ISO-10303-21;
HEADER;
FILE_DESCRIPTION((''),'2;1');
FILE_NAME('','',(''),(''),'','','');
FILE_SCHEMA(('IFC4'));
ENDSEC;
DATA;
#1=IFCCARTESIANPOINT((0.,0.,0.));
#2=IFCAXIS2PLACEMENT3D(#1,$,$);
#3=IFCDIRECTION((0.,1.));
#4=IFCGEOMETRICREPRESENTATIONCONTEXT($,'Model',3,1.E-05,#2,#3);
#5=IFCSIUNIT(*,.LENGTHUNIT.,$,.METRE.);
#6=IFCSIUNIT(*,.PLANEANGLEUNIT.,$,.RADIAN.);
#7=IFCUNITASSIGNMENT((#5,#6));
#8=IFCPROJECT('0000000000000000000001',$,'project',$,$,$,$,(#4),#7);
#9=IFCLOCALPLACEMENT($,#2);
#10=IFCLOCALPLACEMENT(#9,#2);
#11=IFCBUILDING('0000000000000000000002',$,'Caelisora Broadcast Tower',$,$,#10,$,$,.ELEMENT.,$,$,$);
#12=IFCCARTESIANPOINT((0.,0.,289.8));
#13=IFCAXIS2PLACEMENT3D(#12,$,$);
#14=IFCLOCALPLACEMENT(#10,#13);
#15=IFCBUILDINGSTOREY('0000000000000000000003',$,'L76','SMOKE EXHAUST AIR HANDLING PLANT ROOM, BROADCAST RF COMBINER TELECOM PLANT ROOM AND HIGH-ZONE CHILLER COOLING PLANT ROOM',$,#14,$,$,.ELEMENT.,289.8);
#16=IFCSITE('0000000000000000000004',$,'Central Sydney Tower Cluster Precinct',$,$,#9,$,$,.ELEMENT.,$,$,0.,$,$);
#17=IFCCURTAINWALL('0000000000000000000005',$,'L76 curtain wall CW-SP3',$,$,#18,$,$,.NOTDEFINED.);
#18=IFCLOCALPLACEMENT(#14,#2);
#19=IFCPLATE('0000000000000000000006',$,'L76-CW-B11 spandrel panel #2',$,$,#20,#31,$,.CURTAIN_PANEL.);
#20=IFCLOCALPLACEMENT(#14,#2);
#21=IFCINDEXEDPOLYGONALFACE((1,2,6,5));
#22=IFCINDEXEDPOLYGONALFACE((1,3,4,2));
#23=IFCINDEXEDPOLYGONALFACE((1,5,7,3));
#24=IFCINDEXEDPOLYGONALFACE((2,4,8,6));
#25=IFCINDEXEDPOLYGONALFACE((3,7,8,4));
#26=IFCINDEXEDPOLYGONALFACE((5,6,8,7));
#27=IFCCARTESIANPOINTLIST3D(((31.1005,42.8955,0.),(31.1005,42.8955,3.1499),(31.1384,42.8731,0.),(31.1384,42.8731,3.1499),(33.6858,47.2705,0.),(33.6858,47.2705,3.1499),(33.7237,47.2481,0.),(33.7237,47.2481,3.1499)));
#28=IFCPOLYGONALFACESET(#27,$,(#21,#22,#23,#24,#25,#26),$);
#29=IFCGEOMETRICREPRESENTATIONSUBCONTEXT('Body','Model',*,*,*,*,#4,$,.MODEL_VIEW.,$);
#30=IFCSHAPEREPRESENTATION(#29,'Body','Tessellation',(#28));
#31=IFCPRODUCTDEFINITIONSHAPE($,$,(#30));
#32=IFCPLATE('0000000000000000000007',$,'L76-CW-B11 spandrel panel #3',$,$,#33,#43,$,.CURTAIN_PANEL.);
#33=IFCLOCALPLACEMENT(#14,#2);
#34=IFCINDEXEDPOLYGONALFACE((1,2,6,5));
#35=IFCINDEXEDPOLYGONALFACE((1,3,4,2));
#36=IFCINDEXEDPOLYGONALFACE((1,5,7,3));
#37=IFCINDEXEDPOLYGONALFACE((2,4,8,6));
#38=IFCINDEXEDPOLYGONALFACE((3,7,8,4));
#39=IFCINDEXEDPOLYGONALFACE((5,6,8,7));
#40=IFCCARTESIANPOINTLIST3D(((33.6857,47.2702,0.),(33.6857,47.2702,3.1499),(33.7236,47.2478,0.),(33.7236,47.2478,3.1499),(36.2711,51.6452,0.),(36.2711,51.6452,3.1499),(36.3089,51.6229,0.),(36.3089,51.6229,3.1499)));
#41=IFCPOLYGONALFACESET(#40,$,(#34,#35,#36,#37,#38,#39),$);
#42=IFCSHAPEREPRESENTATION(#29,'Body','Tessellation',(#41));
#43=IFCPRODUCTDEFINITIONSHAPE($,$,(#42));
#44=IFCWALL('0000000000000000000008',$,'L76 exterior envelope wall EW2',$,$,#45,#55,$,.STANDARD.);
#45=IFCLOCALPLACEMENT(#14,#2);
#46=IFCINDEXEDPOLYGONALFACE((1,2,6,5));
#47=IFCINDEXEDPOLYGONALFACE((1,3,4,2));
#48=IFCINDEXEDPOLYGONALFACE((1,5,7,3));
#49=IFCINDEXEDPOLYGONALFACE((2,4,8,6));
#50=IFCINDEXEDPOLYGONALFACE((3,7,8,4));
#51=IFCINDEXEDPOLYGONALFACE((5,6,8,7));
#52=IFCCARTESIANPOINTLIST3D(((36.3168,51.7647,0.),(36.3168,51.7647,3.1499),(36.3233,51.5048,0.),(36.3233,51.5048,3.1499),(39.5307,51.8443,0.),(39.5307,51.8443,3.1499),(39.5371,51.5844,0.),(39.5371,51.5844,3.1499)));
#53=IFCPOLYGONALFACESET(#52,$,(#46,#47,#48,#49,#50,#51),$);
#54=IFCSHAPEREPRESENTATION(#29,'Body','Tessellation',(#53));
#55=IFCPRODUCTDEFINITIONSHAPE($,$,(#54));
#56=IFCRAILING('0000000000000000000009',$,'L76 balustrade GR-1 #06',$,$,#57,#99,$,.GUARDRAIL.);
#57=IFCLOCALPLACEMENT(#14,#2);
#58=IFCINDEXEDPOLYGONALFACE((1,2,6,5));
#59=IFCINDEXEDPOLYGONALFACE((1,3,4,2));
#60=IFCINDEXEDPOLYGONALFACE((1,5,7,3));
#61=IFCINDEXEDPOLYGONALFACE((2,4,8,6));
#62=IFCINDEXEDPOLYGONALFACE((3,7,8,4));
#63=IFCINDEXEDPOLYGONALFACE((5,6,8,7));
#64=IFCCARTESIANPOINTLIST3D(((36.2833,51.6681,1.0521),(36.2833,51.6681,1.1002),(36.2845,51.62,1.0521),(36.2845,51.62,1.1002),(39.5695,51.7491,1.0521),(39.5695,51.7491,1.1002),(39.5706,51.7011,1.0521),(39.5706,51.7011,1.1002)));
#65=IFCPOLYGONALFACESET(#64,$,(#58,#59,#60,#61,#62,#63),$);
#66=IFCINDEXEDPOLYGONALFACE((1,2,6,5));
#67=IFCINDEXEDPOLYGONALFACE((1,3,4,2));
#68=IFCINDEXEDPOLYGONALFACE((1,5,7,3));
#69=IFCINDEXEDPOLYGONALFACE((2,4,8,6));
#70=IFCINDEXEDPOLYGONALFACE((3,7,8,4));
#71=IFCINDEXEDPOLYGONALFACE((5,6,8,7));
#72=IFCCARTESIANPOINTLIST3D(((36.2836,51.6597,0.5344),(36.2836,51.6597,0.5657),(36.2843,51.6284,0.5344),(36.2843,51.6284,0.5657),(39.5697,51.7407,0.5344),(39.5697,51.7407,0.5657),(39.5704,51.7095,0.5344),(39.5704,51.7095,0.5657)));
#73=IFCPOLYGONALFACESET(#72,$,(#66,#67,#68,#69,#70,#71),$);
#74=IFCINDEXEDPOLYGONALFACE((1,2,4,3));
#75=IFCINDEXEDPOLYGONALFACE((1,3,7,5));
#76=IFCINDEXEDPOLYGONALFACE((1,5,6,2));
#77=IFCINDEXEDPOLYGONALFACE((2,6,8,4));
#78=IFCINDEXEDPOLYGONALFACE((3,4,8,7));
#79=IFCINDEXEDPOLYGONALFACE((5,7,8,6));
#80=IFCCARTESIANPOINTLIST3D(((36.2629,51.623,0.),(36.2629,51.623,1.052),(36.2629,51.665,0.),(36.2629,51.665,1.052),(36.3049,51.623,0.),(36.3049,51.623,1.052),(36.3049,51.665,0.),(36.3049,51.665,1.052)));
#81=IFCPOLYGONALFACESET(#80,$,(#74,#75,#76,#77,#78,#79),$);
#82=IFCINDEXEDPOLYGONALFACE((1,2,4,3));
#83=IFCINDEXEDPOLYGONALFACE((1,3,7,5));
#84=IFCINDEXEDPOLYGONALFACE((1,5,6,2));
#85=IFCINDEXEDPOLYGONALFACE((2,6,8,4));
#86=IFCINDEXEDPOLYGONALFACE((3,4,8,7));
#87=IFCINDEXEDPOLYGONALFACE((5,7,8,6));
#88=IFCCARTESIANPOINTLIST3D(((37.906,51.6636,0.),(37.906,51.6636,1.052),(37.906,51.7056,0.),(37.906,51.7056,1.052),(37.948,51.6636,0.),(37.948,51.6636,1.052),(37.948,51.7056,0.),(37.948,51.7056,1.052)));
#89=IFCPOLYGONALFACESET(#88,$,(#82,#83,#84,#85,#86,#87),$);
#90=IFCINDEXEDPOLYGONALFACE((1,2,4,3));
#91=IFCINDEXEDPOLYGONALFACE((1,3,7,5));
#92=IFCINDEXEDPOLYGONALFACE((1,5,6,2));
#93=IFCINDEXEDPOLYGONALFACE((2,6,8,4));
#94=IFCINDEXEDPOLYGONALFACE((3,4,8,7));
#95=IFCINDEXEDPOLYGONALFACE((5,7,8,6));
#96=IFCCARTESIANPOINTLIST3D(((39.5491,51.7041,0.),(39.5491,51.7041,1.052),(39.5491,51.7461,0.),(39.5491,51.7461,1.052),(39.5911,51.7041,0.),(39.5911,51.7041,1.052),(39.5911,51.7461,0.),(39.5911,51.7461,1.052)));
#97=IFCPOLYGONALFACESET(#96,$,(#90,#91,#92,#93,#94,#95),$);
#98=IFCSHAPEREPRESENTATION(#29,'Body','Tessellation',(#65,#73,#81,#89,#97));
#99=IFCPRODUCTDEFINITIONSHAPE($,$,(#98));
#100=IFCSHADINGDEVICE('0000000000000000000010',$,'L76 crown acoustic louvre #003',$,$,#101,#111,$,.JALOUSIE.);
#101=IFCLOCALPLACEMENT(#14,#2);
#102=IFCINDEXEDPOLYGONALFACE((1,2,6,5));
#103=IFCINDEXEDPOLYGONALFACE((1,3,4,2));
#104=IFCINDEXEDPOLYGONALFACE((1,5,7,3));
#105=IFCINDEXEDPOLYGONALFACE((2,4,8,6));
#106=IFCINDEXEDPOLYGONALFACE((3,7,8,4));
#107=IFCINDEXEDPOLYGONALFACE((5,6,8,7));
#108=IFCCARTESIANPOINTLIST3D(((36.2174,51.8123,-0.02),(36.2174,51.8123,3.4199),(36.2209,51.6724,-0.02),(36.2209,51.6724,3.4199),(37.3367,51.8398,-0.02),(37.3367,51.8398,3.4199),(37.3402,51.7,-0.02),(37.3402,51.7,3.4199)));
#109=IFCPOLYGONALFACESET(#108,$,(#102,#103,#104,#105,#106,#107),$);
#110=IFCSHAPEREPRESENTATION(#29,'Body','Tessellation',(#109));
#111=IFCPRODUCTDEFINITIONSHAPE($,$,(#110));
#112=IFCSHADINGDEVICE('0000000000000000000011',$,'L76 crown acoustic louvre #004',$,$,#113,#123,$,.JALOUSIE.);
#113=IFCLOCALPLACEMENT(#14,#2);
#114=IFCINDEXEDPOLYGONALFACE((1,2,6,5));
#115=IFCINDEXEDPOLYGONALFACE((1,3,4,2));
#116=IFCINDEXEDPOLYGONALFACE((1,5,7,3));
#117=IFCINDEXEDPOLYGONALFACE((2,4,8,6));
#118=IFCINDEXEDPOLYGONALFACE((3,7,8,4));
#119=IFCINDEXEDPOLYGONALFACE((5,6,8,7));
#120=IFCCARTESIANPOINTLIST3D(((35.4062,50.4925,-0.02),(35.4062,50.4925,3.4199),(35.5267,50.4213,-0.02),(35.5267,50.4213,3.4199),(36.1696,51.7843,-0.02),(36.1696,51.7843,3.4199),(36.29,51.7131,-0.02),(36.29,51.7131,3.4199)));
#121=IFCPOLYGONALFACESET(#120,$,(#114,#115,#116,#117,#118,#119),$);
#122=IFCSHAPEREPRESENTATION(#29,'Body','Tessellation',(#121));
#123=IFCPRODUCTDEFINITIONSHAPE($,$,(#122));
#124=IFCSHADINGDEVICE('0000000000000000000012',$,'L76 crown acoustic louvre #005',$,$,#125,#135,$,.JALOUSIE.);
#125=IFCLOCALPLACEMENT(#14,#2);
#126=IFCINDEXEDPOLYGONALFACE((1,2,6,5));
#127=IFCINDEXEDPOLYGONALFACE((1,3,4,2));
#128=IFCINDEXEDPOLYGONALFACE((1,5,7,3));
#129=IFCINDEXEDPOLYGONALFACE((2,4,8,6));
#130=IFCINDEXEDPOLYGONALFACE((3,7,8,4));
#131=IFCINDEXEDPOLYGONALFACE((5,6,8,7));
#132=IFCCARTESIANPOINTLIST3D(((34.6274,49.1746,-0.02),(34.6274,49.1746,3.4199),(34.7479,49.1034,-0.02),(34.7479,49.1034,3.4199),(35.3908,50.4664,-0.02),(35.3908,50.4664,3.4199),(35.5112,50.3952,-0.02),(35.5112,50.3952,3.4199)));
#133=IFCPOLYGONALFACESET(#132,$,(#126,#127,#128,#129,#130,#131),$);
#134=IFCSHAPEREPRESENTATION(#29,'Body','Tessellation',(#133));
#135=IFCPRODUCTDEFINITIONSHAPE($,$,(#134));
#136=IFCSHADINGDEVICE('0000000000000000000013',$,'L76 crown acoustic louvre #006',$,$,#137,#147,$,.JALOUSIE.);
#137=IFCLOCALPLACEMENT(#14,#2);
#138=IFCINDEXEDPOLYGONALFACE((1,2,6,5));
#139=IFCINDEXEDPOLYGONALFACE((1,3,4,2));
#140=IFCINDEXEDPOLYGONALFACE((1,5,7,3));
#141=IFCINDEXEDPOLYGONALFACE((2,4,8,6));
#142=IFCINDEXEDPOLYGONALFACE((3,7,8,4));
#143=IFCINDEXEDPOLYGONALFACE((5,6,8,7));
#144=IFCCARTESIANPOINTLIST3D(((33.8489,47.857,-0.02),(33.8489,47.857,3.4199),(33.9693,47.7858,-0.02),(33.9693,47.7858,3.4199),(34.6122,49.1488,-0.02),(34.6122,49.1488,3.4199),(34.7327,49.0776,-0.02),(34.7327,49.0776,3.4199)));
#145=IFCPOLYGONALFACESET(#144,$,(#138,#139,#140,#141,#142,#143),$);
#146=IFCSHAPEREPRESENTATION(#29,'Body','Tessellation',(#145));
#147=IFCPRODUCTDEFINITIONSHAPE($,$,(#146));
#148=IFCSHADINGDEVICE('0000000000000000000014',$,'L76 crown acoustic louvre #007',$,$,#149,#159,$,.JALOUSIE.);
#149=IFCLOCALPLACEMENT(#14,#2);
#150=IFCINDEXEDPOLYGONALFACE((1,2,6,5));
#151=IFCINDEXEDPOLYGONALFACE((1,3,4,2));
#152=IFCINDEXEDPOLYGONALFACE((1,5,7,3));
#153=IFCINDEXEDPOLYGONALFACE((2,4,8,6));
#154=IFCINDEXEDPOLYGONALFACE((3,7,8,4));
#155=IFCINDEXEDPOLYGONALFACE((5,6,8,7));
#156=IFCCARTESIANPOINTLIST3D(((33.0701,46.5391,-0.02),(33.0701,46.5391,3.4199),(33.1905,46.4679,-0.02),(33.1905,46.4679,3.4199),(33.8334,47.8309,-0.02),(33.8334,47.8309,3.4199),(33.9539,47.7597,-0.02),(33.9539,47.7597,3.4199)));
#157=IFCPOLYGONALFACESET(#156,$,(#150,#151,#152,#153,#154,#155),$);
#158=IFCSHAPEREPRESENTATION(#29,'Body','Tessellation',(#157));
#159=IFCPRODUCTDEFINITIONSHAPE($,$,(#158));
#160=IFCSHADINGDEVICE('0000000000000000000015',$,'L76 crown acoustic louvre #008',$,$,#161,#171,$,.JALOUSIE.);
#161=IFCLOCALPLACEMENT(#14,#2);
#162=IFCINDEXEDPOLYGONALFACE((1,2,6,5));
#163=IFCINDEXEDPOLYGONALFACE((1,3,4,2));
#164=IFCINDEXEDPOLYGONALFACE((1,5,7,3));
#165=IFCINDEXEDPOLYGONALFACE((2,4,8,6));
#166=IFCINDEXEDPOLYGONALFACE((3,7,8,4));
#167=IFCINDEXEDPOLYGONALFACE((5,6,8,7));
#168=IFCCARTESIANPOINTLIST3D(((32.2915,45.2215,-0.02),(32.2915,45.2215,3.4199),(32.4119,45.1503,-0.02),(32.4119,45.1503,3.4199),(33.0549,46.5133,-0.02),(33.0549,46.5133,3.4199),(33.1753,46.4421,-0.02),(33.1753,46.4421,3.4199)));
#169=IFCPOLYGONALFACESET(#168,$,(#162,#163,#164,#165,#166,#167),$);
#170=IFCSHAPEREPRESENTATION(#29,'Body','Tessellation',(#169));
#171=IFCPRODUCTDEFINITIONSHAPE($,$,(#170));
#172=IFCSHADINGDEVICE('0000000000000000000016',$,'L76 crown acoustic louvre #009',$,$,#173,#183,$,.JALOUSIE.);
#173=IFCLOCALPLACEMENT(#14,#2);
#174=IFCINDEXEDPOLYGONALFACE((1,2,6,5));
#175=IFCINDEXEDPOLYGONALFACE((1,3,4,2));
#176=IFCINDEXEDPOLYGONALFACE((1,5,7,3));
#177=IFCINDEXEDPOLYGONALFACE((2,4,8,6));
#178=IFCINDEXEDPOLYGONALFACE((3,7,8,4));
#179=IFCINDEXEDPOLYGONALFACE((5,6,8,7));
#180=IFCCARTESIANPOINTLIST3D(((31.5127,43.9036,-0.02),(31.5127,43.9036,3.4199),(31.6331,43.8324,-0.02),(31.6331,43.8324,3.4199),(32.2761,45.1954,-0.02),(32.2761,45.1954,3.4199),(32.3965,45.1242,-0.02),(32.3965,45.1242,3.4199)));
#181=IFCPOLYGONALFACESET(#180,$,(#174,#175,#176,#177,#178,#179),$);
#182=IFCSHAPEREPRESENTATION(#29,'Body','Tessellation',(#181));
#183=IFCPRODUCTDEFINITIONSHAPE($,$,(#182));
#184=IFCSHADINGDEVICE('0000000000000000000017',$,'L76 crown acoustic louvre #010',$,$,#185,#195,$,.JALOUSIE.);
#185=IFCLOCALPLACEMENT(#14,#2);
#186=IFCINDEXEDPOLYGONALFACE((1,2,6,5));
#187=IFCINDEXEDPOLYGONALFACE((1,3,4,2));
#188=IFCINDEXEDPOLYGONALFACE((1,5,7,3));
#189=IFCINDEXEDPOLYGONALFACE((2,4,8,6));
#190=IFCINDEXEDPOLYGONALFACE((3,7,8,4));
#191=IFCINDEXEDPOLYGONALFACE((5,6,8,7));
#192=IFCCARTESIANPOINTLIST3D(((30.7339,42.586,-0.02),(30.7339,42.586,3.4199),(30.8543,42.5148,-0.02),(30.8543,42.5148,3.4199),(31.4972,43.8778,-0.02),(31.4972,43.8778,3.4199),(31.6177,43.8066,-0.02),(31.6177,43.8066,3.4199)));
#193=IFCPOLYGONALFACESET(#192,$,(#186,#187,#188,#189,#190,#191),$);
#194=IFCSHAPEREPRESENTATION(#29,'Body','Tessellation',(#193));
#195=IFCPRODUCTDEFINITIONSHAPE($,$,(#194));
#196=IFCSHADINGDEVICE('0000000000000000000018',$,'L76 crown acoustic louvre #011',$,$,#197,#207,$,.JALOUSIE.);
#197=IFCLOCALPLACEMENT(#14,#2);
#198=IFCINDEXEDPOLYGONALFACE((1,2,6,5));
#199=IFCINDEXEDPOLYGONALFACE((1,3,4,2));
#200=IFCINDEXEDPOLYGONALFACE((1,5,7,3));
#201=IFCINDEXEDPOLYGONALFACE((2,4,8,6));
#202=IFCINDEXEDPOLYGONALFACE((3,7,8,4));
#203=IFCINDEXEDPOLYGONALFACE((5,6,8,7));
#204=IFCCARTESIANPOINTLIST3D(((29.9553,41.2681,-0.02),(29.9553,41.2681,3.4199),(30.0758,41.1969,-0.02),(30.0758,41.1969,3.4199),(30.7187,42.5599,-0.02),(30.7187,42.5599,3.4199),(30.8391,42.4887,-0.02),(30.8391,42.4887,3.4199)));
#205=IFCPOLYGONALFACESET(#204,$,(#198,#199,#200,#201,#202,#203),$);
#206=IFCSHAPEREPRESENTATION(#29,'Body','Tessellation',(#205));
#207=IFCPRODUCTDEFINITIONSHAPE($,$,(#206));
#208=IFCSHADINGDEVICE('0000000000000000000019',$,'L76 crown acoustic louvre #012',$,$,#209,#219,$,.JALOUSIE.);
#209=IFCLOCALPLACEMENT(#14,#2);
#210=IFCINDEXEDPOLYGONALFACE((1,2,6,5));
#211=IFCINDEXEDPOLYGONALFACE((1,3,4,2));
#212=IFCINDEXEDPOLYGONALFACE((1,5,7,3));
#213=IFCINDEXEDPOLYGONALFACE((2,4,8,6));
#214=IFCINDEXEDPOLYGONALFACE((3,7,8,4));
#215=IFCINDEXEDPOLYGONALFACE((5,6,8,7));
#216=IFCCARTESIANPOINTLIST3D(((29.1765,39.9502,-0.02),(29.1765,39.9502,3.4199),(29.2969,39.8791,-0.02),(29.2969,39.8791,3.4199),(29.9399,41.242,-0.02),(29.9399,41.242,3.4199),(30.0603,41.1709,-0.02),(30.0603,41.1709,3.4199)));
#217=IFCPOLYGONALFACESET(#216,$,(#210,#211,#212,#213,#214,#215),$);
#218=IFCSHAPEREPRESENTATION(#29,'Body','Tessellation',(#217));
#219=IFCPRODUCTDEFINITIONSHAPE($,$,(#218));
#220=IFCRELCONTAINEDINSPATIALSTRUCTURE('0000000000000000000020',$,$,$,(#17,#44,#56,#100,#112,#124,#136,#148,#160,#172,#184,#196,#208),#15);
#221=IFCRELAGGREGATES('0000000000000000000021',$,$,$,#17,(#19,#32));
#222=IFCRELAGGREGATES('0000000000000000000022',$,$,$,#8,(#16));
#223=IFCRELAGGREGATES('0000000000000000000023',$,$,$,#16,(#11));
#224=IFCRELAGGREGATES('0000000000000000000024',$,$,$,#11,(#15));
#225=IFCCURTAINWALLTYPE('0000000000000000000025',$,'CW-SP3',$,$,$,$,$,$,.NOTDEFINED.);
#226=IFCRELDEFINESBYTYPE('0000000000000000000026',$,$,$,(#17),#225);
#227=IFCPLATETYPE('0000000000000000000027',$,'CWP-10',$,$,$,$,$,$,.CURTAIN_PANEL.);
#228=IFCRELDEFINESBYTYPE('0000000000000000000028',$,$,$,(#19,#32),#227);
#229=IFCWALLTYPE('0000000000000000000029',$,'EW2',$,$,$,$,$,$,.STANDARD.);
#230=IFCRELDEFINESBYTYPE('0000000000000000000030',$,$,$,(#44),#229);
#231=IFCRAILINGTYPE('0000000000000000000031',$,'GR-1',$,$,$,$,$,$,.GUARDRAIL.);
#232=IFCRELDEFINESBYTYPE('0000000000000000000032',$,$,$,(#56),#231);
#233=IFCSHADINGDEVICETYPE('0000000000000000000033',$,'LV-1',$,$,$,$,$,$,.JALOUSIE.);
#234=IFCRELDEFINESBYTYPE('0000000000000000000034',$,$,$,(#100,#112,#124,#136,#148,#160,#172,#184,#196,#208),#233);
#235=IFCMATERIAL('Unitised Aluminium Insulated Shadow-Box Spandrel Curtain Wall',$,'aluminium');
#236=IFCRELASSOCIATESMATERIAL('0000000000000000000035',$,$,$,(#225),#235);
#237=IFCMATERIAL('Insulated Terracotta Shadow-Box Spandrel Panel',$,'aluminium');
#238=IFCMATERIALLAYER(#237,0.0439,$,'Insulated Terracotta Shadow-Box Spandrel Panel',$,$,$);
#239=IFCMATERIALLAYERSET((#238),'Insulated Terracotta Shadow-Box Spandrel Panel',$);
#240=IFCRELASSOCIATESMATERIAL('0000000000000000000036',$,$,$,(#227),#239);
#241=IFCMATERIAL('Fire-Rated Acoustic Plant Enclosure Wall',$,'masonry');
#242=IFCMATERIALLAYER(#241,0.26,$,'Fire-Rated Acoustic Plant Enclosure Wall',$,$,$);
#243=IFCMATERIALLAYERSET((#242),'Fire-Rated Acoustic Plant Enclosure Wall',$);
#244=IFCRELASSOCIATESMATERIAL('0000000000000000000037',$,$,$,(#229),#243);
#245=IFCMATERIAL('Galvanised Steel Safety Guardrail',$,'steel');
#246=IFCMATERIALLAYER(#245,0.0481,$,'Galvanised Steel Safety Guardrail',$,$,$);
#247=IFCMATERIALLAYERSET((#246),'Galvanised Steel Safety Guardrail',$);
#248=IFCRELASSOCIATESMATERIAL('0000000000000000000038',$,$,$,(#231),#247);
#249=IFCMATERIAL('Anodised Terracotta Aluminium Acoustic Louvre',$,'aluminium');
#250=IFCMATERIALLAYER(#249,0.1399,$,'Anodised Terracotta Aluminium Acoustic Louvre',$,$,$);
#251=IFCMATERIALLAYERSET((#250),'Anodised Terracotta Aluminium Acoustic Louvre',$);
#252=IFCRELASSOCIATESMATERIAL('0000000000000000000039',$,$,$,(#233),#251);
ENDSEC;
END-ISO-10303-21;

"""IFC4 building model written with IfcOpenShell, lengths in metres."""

from ifc_helpers import new_model, si_unit, direction, frame, frame_2d, origin, origin_2d, place, context, subcontext, project, spatial, rectangle, extrude, source, transform, mapped, material, layer, layer_set, type_object, type_shapes, element, aggregate, save


model = new_model("IFC4")

# Units and contexts
model_context = context("Model", 3, precision=1e-05, world=origin(), true_north=direction((0.0, 1.0)))
body_context = subcontext(model_context, "Body", "Model", "MODEL_VIEW")
ifc_project = project(units=[si_unit("LENGTHUNIT", "METRE"), si_unit("PLANEANGLEUNIT", "RADIAN")], contexts=[model_context])

# Site, building, storey
site_placement = place(None, origin())
site = spatial("IfcSite", under=ifc_project, at=site_placement, Name="Central Sydney Tower Cluster Precinct", CompositionType="ELEMENT", RefElevation=0.0)
building_placement = place(site_placement, origin())
building = spatial("IfcBuilding", under=site, at=building_placement, Name="Caelisora Broadcast Tower", CompositionType="ELEMENT")
storey_placement = place(building_placement, frame((0.0, 0.0, 289.8)))
storey = spatial("IfcBuildingStorey", under=building, at=storey_placement, Name="L76", Description="SMOKE EXHAUST AIR HANDLING PLANT ROOM, BROADCAST RF COMBINER TELECOM PLANT ROOM AND HIGH-ZONE CHILLER COOLING PLANT ROOM", CompositionType="ELEMENT", Elevation=289.8)

# Curtain wall, plates
ifc_material_1 = material(Name="Unitised Aluminium Insulated Shadow-Box Spandrel Curtain Wall", Category="aluminium")
curtain_wall_type = type_object("IfcCurtainWallType", Name="CW-SP3", PredefinedType="NOTDEFINED", material=ifc_material_1)
curtain_wall_placement = place(storey_placement, origin())
curtain_wall = element("IfcCurtainWall", 1, at=curtain_wall_placement, inside=storey, type_object=curtain_wall_type, Name="L76 curtain wall CW-SP3", PredefinedType="NOTDEFINED")
ifc_material_2 = material(Name="Insulated Terracotta Shadow-Box Spandrel Panel", Category="aluminium")
ifc_layer_1 = layer(ifc_material_2, 0.0439, Name="Insulated Terracotta Shadow-Box Spandrel Panel")
ifc_layer_set_1 = layer_set([ifc_layer_1], Name="Insulated Terracotta Shadow-Box Spandrel Panel")
plate_type = type_object("IfcPlateType", Name="CWP-10", PredefinedType="CURTAIN_PANEL", material=ifc_layer_set_1)
shared_shape_1 = source(origin(), body_context, "Body", "SweptSolid", [
    extrude(rectangle(XDim=5.0818, YDim=0.0439, at=origin_2d()), origin(), (0.0, 0.0, 1.0), 3.1499),
])
type_shapes(plate_type, [shared_shape_1])
plate_1_placement = place(storey_placement, frame((32.4121, 45.0718, 0.0), z_axis=(0.0, 0.0, 1.0), x_axis=(0.508741, 0.86092, 0.0)))
plate_1 = element("IfcPlate", 2, at=plate_1_placement, type_object=plate_type, Name="L76-CW-B11 spandrel panel #2", PredefinedType="CURTAIN_PANEL", context=body_context, shape_type="MappedRepresentation", body=[
    mapped(shared_shape_1, transform((0.0, 0.0, 0.0), scale=1.0)),
])
plate_2_placement = place(storey_placement, frame((34.9973, 49.4465, 0.0), z_axis=(0.0, 0.0, 1.0), x_axis=(0.508741, 0.86092, 0.0)))
plate_2 = element("IfcPlate", 3, at=plate_2_placement, type_object=plate_type, Name="L76-CW-B11 spandrel panel #3", PredefinedType="CURTAIN_PANEL", context=body_context, shape_type="MappedRepresentation", body=[
    mapped(shared_shape_1, transform((0.0, 0.0, 0.0), scale=1.0)),
])
aggregate(curtain_wall, [plate_1, plate_2])

# Wall
ifc_material_3 = material(Name="Fire-Rated Acoustic Plant Enclosure Wall", Category="masonry")
ifc_layer_2 = layer(ifc_material_3, 0.26, Name="Fire-Rated Acoustic Plant Enclosure Wall")
ifc_layer_set_2 = layer_set([ifc_layer_2], Name="Fire-Rated Acoustic Plant Enclosure Wall")
wall_type = type_object("IfcWallType", Name="EW2", PredefinedType="STANDARD", material=ifc_layer_set_2)
wall_placement = place(storey_placement, frame((36.3201, 51.6348, 0.0), z_axis=(0.0, 0.0, 1.0), x_axis=(0.999694, 0.024757, 0.0)))
element("IfcWall", 4, at=wall_placement, inside=storey, type_object=wall_type, Name="L76 exterior envelope wall EW2", PredefinedType="STANDARD", context=body_context, shape_type="SweptSolid", body=[
    extrude(rectangle(XDim=3.2148, YDim=0.26, at=frame_2d((1.6074, 0.0))), origin(), (0.0, 0.0, 1.0), 3.1499),
])

# Railing
ifc_material_4 = material(Name="Galvanised Steel Safety Guardrail", Category="steel")
ifc_layer_3 = layer(ifc_material_4, 0.0481, Name="Galvanised Steel Safety Guardrail")
ifc_layer_set_3 = layer_set([ifc_layer_3], Name="Galvanised Steel Safety Guardrail")
railing_type = type_object("IfcRailingType", Name="GR-1", PredefinedType="GUARDRAIL", material=ifc_layer_set_3)
railing_placement = place(storey_placement, frame((36.2839, 51.644, 0.0)))
element("IfcRailing", 5, at=railing_placement, inside=storey, type_object=railing_type, Name="L76 balustrade GR-1 #06", PredefinedType="GUARDRAIL", context=body_context, shape_type="SweptSolid", body=[
    extrude(rectangle(XDim=0.0481, YDim=0.0481, at=origin_2d()), frame((0.0, 0.0, 1.0762), z_axis=(0.999696, 0.024658, 0.0), x_axis=(-0.024658, 0.999696, 0.0)), (0.0, 0.0, 1.0), 3.2871),
    extrude(rectangle(XDim=0.0312, YDim=0.0312, at=origin_2d()), frame((0.0, 0.0, 0.55), z_axis=(0.999696, 0.024658, 0.0), x_axis=(-0.024658, 0.999696, 0.0)), (0.0, 0.0, 1.0), 3.2871),
    extrude(rectangle(XDim=0.042, YDim=0.042, at=origin_2d()), origin(), (0.0, 0.0, 1.0), 1.052),
    extrude(rectangle(XDim=0.042, YDim=0.042, at=origin_2d()), frame((1.6431, 0.0405, 0.0)), (0.0, 0.0, 1.0), 1.052),
    extrude(rectangle(XDim=0.042, YDim=0.042, at=origin_2d()), frame((3.2861, 0.0811, 0.0)), (0.0, 0.0, 1.0), 1.052),
])

# Shading devices
ifc_material_5 = material(Name="Anodised Terracotta Aluminium Acoustic Louvre", Category="aluminium")
ifc_layer_4 = layer(ifc_material_5, 0.1399, Name="Anodised Terracotta Aluminium Acoustic Louvre")
ifc_layer_set_4 = layer_set([ifc_layer_4], Name="Anodised Terracotta Aluminium Acoustic Louvre")
shading_device_type = type_object("IfcShadingDeviceType", Name="LV-1", PredefinedType="JALOUSIE", material=ifc_layer_set_4)
shared_shape_2 = source(origin(), body_context, "Body", "SweptSolid", [
    extrude(rectangle(XDim=1.1196, YDim=0.1399, at=origin_2d()), origin(), (0.0, 0.0, 1.0), 3.4399),
])
shading_device_placement = place(storey_placement, frame((36.7788, 51.7561, -0.02), z_axis=(0.0, 0.0, 1.0), x_axis=(-0.999697, -0.024607, 0.0)))
element("IfcShadingDevice", 6, at=shading_device_placement, inside=storey, type_object=shading_device_type, Name="L76 crown acoustic louvre #003", PredefinedType="JALOUSIE", context=body_context, shape_type="MappedRepresentation", body=[
    mapped(shared_shape_2, transform((0.0, 0.0, 0.0), scale=1.0)),
])
shared_shape_3 = source(origin(), body_context, "Body", "SweptSolid", [
    extrude(rectangle(XDim=1.5005, YDim=0.1399, at=origin_2d()), origin(), (0.0, 0.0, 1.0), 3.4399),
])
type_shapes(shading_device_type, [shared_shape_2, shared_shape_3])
for number, where, z_axis, x_axis, name in (
    (7, (35.8481, 51.1028, -0.02), (0.0, 0.0, 1.0), (-0.508741, -0.86092, 0.0), "L76 crown acoustic louvre #004"),
    (8, (35.0693, 49.7849, -0.02), (0.0, 0.0, 1.0), (-0.508741, -0.86092, 0.0), "L76 crown acoustic louvre #005"),
    (9, (34.2908, 48.4673, -0.02), (0.0, 0.0, 1.0), (-0.508741, -0.86092, 0.0), "L76 crown acoustic louvre #006"),
    (10, (33.512, 47.1494, -0.02), (0.0, 0.0, 1.0), (-0.508741, -0.86092, 0.0), "L76 crown acoustic louvre #007"),
    (11, (32.7334, 45.8318, -0.02), (0.0, 0.0, 1.0), (-0.508741, -0.86092, 0.0), "L76 crown acoustic louvre #008"),
    (12, (31.9546, 44.5139, -0.02), (0.0, 0.0, 1.0), (-0.508741, -0.86092, 0.0), "L76 crown acoustic louvre #009"),
    (13, (31.1758, 43.1963, -0.02), (0.0, 0.0, 1.0), (-0.508741, -0.86092, 0.0), "L76 crown acoustic louvre #010"),
    (14, (30.3972, 41.8784, -0.02), (0.0, 0.0, 1.0), (-0.508741, -0.86092, 0.0), "L76 crown acoustic louvre #011"),
    (15, (29.6184, 40.5605, -0.02), (0.0, 0.0, 1.0), (-0.508741, -0.86092, 0.0), "L76 crown acoustic louvre #012"),
):
    element("IfcShadingDevice", number, at=place(storey_placement, frame(where, z_axis=z_axis, x_axis=x_axis)), inside=storey, type_object=shading_device_type, Name=name, PredefinedType="JALOUSIE", context=body_context, shape_type="MappedRepresentation", body=[
        mapped(shared_shape_3, transform((0.0, 0.0, 0.0), scale=1.0)),
    ])

save(model, "model.ifc")
